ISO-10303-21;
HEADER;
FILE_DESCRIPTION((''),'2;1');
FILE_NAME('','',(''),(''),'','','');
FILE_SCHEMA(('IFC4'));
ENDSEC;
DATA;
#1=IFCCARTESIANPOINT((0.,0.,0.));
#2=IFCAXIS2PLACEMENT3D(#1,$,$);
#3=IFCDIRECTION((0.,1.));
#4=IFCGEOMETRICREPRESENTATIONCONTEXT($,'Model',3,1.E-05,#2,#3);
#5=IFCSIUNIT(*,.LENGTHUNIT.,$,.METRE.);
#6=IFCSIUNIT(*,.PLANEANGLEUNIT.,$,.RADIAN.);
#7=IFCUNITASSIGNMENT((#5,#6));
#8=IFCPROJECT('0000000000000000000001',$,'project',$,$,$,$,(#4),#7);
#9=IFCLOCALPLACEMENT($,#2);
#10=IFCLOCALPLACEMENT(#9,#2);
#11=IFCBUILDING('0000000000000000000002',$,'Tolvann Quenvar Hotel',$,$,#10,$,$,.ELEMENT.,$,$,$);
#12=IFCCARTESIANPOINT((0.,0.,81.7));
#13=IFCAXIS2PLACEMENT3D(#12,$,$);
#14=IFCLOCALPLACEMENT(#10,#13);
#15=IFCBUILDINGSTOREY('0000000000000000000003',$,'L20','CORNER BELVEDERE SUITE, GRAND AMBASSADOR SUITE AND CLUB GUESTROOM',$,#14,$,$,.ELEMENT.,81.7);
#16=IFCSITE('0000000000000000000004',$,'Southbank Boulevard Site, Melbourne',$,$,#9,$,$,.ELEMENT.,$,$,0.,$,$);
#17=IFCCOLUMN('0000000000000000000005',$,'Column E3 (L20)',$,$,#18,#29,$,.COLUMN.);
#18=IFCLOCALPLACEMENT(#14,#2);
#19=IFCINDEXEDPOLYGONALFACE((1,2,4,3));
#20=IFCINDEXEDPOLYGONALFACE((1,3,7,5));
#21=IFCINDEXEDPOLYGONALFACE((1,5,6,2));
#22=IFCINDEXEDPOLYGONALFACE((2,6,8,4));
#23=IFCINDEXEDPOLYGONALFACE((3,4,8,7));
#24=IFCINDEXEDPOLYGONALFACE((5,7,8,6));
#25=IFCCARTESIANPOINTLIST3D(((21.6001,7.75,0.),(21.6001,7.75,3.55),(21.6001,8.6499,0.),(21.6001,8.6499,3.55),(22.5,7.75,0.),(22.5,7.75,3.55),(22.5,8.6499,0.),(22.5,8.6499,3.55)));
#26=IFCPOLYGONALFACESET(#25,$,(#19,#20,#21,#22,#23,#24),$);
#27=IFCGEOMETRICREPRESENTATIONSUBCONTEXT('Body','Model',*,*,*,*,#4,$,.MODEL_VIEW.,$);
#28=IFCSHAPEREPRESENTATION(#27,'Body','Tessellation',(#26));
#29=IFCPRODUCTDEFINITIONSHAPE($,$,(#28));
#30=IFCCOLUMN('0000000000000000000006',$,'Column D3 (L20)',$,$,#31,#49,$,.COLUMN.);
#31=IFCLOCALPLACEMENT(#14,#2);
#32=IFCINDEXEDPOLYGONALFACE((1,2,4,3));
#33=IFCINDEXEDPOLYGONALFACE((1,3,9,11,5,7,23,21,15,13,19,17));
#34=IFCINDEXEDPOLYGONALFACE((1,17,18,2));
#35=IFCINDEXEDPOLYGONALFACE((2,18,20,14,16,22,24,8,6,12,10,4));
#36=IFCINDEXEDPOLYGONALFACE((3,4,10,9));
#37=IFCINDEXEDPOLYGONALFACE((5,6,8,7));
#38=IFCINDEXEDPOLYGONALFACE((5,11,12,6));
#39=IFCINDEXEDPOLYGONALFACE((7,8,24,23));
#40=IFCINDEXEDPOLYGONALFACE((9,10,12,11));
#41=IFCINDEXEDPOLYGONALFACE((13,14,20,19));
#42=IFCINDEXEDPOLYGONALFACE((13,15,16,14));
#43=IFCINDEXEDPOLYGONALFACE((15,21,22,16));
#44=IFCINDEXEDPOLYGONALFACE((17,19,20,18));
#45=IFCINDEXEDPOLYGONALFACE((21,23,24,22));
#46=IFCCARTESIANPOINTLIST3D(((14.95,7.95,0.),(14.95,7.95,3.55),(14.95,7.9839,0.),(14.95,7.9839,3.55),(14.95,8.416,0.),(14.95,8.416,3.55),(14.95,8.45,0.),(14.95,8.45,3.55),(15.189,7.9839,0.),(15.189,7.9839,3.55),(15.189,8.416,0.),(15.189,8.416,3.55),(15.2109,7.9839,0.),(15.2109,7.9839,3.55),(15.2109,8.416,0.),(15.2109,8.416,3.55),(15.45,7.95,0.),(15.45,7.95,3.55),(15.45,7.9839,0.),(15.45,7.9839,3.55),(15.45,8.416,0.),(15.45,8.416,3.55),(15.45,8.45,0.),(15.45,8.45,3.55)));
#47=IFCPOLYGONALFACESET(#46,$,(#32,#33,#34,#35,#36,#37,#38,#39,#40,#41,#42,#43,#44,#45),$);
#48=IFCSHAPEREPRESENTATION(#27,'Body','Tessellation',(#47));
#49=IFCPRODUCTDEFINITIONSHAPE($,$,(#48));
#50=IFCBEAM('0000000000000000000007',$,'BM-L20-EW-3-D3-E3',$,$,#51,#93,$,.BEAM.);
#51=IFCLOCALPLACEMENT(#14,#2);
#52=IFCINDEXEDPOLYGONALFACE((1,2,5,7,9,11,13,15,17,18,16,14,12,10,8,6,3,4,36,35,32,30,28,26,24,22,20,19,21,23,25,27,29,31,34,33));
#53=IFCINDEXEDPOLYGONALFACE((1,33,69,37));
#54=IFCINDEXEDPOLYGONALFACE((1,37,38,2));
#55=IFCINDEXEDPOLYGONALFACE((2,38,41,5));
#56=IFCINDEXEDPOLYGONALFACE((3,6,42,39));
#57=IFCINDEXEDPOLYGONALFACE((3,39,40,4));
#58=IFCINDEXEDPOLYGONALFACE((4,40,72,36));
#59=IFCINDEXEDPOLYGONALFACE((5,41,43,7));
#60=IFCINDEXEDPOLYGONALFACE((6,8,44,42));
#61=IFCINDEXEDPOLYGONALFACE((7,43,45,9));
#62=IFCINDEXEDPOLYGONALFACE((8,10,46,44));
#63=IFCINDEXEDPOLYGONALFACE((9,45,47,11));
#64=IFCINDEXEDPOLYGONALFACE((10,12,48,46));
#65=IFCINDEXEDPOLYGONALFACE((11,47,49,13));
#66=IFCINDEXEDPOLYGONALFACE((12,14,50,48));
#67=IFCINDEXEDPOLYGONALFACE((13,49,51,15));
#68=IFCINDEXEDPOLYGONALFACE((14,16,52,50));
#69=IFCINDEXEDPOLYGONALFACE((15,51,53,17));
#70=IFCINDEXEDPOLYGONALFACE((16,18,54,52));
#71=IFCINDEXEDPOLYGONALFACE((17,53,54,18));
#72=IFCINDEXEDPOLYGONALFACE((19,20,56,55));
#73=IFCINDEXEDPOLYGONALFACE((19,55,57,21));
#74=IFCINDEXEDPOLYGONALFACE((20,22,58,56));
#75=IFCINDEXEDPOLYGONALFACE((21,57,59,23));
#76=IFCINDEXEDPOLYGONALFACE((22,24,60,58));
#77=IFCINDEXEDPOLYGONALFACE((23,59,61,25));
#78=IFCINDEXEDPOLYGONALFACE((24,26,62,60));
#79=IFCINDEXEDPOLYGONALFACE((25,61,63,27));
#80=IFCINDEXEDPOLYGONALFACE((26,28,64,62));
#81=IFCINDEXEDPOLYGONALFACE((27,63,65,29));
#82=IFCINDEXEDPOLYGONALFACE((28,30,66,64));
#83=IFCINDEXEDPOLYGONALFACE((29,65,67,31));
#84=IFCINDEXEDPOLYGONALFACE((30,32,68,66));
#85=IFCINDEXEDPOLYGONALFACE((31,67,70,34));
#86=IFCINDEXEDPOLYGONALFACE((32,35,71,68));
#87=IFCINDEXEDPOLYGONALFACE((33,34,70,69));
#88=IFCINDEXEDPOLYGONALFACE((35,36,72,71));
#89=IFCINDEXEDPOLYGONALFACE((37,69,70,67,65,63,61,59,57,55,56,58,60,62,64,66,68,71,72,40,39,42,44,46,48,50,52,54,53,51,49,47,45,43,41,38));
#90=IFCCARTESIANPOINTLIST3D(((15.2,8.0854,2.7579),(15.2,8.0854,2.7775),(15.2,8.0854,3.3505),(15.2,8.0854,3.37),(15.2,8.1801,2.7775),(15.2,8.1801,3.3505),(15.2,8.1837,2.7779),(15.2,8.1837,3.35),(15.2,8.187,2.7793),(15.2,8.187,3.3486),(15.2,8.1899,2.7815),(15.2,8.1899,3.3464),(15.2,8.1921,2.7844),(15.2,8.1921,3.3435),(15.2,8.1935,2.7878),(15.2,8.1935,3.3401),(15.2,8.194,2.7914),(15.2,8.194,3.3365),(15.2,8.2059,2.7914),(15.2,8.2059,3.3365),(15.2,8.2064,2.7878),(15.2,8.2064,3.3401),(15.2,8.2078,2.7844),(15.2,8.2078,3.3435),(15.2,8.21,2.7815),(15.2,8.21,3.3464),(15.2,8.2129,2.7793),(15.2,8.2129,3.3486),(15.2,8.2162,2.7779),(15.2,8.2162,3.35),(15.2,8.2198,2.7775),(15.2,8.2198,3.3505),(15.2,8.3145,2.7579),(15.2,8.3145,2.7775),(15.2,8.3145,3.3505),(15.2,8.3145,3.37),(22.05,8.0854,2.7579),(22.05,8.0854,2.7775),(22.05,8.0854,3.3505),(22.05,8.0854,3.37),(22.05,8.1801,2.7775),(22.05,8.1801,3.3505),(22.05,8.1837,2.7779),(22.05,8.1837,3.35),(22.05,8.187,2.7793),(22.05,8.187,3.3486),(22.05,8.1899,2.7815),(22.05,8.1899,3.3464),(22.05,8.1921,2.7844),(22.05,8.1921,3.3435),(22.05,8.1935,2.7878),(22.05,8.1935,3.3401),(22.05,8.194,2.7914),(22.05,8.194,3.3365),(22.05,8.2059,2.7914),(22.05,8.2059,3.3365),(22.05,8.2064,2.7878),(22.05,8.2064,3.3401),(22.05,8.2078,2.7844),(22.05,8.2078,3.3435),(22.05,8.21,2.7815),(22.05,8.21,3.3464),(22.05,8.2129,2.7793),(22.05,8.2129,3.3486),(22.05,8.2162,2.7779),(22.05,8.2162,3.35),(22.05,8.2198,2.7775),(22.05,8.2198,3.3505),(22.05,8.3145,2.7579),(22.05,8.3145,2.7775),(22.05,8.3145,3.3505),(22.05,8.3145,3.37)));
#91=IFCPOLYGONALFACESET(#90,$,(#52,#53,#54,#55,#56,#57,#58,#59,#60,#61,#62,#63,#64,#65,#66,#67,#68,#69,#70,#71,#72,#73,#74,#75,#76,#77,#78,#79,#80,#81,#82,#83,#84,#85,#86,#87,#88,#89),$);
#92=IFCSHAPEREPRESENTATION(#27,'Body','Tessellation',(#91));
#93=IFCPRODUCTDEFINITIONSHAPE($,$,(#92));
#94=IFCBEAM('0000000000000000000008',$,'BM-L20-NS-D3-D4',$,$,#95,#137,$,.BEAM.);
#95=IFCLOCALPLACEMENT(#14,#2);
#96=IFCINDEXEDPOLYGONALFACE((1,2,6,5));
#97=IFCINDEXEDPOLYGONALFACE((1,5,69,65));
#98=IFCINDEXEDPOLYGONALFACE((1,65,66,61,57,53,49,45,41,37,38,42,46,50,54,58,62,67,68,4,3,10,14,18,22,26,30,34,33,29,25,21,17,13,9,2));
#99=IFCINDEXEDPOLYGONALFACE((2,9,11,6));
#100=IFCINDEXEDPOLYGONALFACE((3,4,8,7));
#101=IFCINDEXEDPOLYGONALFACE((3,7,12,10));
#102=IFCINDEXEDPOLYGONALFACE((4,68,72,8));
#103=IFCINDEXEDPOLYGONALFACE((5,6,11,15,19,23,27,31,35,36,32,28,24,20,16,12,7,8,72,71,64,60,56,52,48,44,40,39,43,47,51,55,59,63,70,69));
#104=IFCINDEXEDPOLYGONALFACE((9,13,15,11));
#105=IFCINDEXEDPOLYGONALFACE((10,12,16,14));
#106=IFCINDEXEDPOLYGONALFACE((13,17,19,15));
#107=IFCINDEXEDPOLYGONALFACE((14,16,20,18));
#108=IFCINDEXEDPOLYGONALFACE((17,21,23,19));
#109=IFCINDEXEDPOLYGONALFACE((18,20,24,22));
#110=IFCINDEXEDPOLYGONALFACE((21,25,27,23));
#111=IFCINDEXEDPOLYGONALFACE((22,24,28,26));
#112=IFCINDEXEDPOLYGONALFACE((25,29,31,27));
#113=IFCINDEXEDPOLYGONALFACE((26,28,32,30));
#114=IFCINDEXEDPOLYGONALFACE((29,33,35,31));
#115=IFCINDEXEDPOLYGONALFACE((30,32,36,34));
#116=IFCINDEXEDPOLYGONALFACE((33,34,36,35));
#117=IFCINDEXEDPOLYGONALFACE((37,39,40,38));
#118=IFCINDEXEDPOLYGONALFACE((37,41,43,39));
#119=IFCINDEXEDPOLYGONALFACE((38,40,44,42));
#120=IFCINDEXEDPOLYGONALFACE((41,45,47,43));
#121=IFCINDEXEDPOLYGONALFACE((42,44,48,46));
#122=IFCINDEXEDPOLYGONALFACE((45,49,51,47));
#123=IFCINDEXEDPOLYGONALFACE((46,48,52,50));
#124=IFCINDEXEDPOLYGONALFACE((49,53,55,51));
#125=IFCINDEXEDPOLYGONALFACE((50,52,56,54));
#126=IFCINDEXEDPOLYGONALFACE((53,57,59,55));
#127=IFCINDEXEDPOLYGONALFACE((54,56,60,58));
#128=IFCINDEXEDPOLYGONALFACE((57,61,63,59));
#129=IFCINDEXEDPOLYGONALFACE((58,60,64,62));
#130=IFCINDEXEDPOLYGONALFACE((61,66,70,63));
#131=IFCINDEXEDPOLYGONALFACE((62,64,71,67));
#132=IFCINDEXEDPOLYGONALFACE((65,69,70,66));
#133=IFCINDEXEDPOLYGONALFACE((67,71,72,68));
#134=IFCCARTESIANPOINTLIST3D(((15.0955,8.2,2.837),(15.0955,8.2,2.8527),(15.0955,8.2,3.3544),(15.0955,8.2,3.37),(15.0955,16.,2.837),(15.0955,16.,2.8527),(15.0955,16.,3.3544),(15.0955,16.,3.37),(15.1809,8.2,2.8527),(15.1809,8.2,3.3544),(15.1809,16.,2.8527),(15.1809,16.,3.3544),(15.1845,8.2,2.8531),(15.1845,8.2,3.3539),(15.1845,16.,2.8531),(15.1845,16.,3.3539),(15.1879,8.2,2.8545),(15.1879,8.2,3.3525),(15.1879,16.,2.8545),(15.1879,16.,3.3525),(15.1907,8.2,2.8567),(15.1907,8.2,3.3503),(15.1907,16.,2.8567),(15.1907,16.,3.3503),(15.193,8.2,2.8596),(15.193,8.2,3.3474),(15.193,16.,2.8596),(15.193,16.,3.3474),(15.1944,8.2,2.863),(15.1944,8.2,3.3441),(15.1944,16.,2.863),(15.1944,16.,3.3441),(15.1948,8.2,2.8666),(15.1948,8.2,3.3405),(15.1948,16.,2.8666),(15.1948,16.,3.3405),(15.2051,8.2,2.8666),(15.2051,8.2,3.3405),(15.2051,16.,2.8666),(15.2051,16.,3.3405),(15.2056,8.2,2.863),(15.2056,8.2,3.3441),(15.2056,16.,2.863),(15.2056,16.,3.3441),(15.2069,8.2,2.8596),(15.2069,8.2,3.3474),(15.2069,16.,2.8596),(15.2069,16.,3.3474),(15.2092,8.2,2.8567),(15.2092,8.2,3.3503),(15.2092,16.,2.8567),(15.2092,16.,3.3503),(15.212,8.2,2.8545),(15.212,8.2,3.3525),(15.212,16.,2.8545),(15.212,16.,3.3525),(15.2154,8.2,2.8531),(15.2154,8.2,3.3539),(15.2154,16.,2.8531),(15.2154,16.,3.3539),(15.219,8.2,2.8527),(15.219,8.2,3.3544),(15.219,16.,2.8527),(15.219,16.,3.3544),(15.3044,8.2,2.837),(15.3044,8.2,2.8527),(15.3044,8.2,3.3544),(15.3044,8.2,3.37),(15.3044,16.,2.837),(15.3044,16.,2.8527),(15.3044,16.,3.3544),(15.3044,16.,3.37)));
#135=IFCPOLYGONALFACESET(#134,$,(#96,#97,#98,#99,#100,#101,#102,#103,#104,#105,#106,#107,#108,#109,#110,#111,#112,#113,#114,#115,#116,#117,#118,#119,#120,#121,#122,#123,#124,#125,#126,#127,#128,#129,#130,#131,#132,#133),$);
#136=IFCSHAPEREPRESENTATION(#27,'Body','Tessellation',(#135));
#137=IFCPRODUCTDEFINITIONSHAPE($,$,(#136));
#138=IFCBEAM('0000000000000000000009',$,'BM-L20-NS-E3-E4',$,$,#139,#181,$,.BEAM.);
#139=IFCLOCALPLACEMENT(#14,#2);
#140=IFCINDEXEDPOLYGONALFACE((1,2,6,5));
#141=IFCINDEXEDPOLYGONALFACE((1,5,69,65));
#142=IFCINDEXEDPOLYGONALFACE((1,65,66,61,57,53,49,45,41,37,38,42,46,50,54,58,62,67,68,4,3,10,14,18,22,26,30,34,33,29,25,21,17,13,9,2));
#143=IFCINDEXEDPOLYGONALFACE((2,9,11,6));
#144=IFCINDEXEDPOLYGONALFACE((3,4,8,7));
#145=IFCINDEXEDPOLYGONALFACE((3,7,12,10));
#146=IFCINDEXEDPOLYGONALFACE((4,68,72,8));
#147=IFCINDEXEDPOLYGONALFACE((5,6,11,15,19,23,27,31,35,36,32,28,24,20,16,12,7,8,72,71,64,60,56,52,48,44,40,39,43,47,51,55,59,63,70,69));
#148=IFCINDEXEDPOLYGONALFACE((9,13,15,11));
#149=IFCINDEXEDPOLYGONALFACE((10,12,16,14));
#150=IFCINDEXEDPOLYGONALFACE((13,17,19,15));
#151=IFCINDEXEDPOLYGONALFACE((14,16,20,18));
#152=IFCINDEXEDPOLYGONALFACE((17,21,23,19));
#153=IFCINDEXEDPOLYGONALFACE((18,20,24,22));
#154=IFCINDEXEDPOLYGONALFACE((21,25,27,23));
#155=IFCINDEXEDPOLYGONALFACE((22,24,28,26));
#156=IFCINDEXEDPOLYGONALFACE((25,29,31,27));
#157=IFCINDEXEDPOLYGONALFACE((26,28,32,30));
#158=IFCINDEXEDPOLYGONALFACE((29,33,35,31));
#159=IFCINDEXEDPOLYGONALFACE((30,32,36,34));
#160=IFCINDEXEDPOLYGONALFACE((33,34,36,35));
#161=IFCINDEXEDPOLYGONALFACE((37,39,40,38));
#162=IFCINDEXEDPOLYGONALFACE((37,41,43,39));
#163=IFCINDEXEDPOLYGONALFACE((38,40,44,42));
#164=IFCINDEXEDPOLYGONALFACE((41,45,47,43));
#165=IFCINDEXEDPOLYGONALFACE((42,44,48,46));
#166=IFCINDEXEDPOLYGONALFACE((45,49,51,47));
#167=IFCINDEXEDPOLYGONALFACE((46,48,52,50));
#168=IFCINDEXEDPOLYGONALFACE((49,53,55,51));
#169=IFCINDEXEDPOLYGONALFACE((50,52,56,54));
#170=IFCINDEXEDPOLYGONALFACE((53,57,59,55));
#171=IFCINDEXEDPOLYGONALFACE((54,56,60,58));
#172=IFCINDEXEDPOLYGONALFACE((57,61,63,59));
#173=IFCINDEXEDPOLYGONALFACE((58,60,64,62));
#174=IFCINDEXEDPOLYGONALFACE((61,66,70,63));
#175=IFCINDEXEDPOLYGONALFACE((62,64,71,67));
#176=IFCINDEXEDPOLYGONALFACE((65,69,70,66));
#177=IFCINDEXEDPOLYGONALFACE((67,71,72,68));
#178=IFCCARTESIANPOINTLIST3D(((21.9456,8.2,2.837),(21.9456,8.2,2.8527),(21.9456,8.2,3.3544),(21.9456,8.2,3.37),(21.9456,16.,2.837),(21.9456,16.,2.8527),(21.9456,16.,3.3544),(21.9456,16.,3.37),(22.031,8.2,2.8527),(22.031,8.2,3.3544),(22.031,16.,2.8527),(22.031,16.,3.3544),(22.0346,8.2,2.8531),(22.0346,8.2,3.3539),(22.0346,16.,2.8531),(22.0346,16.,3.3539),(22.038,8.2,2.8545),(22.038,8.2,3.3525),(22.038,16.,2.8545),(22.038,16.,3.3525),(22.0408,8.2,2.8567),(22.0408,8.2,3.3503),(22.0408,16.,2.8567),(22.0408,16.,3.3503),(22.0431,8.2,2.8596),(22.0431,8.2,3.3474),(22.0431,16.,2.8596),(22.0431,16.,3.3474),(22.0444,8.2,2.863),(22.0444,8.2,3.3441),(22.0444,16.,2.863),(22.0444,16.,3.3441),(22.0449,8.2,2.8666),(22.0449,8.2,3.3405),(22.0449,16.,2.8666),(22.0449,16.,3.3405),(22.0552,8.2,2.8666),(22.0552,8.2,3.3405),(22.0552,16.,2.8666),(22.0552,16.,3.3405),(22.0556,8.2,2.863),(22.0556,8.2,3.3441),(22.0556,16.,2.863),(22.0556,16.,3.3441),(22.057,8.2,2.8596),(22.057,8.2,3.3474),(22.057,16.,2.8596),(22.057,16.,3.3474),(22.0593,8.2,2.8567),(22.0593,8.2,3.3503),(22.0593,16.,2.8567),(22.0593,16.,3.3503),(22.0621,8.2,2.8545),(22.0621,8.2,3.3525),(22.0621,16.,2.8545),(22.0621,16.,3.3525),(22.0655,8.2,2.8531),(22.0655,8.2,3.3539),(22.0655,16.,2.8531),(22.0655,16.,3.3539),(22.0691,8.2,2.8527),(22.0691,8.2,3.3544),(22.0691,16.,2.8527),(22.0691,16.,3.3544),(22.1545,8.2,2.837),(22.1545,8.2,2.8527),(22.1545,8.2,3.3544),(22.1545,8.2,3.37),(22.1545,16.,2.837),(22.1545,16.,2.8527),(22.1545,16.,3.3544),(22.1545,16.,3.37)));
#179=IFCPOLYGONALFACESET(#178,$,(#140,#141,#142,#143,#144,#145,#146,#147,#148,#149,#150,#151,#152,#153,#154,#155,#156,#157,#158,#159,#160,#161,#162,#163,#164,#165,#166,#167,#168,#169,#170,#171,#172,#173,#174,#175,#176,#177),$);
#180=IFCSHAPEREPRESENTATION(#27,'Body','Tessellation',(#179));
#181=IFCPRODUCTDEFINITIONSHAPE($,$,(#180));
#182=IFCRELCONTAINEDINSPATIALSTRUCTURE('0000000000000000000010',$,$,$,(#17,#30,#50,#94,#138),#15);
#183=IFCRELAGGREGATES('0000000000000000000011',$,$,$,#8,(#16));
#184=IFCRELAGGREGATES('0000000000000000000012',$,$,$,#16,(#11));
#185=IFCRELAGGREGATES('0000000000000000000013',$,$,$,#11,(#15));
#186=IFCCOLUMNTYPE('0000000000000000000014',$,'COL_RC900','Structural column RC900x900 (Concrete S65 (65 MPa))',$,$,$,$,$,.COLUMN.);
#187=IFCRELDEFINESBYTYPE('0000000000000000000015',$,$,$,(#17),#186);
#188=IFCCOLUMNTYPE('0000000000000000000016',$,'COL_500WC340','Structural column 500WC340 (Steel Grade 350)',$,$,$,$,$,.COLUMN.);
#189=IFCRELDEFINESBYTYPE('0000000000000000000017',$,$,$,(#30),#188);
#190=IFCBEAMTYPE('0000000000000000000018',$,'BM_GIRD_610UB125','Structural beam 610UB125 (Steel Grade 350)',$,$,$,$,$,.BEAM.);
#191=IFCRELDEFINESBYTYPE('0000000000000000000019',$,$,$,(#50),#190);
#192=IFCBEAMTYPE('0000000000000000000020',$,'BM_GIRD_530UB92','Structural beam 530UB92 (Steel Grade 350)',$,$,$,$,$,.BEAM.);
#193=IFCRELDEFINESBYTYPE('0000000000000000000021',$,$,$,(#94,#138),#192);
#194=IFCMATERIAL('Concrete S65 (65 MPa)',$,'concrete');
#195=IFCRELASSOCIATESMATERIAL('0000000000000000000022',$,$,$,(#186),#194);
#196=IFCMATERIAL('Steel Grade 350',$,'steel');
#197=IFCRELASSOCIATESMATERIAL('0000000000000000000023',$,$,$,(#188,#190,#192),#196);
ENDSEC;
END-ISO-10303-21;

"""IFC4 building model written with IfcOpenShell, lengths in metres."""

from ifc_helpers import new_model, si_unit, direction, frame, origin, origin_2d, place, context, subcontext, project, spatial, rectangle, i_section, extrude, source, transform, mapped, material, material_profile, profile_set, type_object, type_shapes, element, save


model = new_model("IFC4")

# Units and contexts
model_context = context("Model", 3, precision=1e-05, world=origin(), true_north=direction((0.0, 1.0)))
body_context = subcontext(model_context, "Body", "Model", "MODEL_VIEW")
ifc_project = project(units=[si_unit("LENGTHUNIT", "METRE"), si_unit("PLANEANGLEUNIT", "RADIAN")], contexts=[model_context])

# Site, building, storey
site_placement = place(None, origin())
site = spatial("IfcSite", under=ifc_project, at=site_placement, Name="Southbank Boulevard Site, Melbourne", CompositionType="ELEMENT", RefElevation=0.0)
building_placement = place(site_placement, origin())
building = spatial("IfcBuilding", under=site, at=building_placement, Name="Tolvann Quenvar Hotel", CompositionType="ELEMENT")
storey_placement = place(building_placement, frame((0.0, 0.0, 81.7)))
storey = spatial("IfcBuildingStorey", under=building, at=storey_placement, Name="L20", Description="CORNER BELVEDERE SUITE, GRAND AMBASSADOR SUITE AND CLUB GUESTROOM", CompositionType="ELEMENT", Elevation=81.7)

# Columns
ifc_material_1 = material(Name="Concrete S65 (65 MPa)", Category="concrete")
ifc_material_profile_1 = material_profile(ifc_material_1, rectangle(XDim=0.8999, YDim=0.8999, at=origin_2d()), Name="RC900x900")
ifc_profile_set_1 = profile_set([ifc_material_profile_1], Name="Concrete S65 (65 MPa)")
column_type_1 = type_object("IfcColumnType", Name="COL_RC900", Description="Structural column RC900x900 (Concrete S65 (65 MPa))", PredefinedType="COLUMN", material=ifc_profile_set_1)
shared_shape_1 = source(origin(), body_context, "Body", "SweptSolid", [
    extrude(rectangle(XDim=0.8999, YDim=0.8999, at=origin_2d()), origin(), (0.0, 0.0, 1.0), 3.55),
])
type_shapes(column_type_1, [shared_shape_1])
column_1_placement = place(storey_placement, frame((22.05, 8.2, 0.0), z_axis=(0.0, 0.0, 1.0), x_axis=(1.0, 0.0, 0.0)))
element("IfcColumn", 1, at=column_1_placement, inside=storey, type_object=column_type_1, Name="Column E3 (L20)", PredefinedType="COLUMN", context=body_context, shape_type="MappedRepresentation", body=[
    mapped(shared_shape_1, transform((0.0, 0.0, 0.0), x_axis=(1.0, 0.0, 0.0), y_axis=(0.0, 1.0, 0.0), z_axis=(0.0, 0.0, 1.0), scale=1.0)),
])
ifc_material_2 = material(Name="Steel Grade 350", Category="steel")
ifc_material_profile_2 = material_profile(ifc_material_2, i_section(OverallWidth=0.5, OverallDepth=0.5, WebThickness=0.022, FlangeThickness=0.0339, at=origin_2d()), Name="500WC340")
ifc_profile_set_2 = profile_set([ifc_material_profile_2], Name="Steel Grade 350")
column_type_2 = type_object("IfcColumnType", Name="COL_500WC340", Description="Structural column 500WC340 (Steel Grade 350)", PredefinedType="COLUMN", material=ifc_profile_set_2)
shared_shape_2 = source(origin(), body_context, "Body", "SweptSolid", [
    extrude(i_section(OverallWidth=0.5, OverallDepth=0.5, WebThickness=0.022, FlangeThickness=0.0339, at=origin_2d()), origin(), (0.0, 0.0, 1.0), 3.55),
])
type_shapes(column_type_2, [shared_shape_2])
column_2_placement = place(storey_placement, frame((15.2, 8.2, 0.0), z_axis=(0.0, 0.0, 1.0), x_axis=(1.0, 0.0, 0.0)))
element("IfcColumn", 2, at=column_2_placement, inside=storey, type_object=column_type_2, Name="Column D3 (L20)", PredefinedType="COLUMN", context=body_context, shape_type="MappedRepresentation", body=[
    mapped(shared_shape_2, transform((0.0, 0.0, 0.0), x_axis=(1.0, 0.0, 0.0), y_axis=(0.0, 1.0, 0.0), z_axis=(0.0, 0.0, 1.0), scale=1.0)),
])

# Beams
ifc_material_profile_3 = material_profile(ifc_material_2, i_section(OverallWidth=0.229, OverallDepth=0.6121, WebThickness=0.012, FlangeThickness=0.0195, FilletRadius=0.0139, at=origin_2d()), Name="610UB125")
ifc_profile_set_3 = profile_set([ifc_material_profile_3], Name="Steel Grade 350")
beam_type_1 = type_object("IfcBeamType", Name="BM_GIRD_610UB125", Description="Structural beam 610UB125 (Steel Grade 350)", PredefinedType="BEAM", material=ifc_profile_set_3)
shared_shape_3 = source(origin(), body_context, "Body", "SweptSolid", [
    extrude(i_section(OverallWidth=0.229, OverallDepth=0.6121, WebThickness=0.012, FlangeThickness=0.0195, FilletRadius=0.0139, at=origin_2d()), origin(), (0.0, 0.0, 1.0), 6.8501),
])
type_shapes(beam_type_1, [shared_shape_3])
beam_placement = place(storey_placement, frame((15.2, 8.2, 3.064), z_axis=(1.0, 0.0, 0.0), x_axis=(0.0, 1.0, 0.0)))
element("IfcBeam", 3, at=beam_placement, inside=storey, type_object=beam_type_1, Name="BM-L20-EW-3-D3-E3", PredefinedType="BEAM", context=body_context, shape_type="MappedRepresentation", body=[
    mapped(shared_shape_3, transform((0.0, 0.0, 0.0), x_axis=(1.0, 0.0, 0.0), y_axis=(0.0, 1.0, 0.0), z_axis=(0.0, 0.0, 1.0), scale=1.0)),
])
ifc_material_profile_4 = material_profile(ifc_material_2, i_section(OverallWidth=0.209, OverallDepth=0.533, WebThickness=0.0103, FlangeThickness=0.0156, FilletRadius=0.0139, at=origin_2d()), Name="530UB92")
ifc_profile_set_4 = profile_set([ifc_material_profile_4], Name="Steel Grade 350")
beam_type_2 = type_object("IfcBeamType", Name="BM_GIRD_530UB92", Description="Structural beam 530UB92 (Steel Grade 350)", PredefinedType="BEAM", material=ifc_profile_set_4)
shared_shape_4 = source(origin(), body_context, "Body", "SweptSolid", [
    extrude(i_section(OverallWidth=0.209, OverallDepth=0.533, WebThickness=0.0103, FlangeThickness=0.0156, FilletRadius=0.0139, at=origin_2d()), origin(), (0.0, 0.0, 1.0), 7.8),
])
type_shapes(beam_type_2, [shared_shape_4])
for number, where, z_axis, x_axis, name in (
    (4, (15.2, 8.2, 3.1035), (0.0, 1.0, 0.0), (-1.0, 0.0, 0.0), "BM-L20-NS-D3-D4"),
    (5, (22.05, 8.2, 3.1035), (0.0, 1.0, 0.0), (-1.0, 0.0, 0.0), "BM-L20-NS-E3-E4"),
):
    element("IfcBeam", number, at=place(storey_placement, frame(where, z_axis=z_axis, x_axis=x_axis)), inside=storey, type_object=beam_type_2, Name=name, PredefinedType="BEAM", context=body_context, shape_type="MappedRepresentation", body=[
        mapped(shared_shape_4, transform((0.0, 0.0, 0.0), x_axis=(1.0, 0.0, 0.0), y_axis=(0.0, 1.0, 0.0), z_axis=(0.0, 0.0, 1.0), scale=1.0)),
    ])

save(model, "model.ifc")
